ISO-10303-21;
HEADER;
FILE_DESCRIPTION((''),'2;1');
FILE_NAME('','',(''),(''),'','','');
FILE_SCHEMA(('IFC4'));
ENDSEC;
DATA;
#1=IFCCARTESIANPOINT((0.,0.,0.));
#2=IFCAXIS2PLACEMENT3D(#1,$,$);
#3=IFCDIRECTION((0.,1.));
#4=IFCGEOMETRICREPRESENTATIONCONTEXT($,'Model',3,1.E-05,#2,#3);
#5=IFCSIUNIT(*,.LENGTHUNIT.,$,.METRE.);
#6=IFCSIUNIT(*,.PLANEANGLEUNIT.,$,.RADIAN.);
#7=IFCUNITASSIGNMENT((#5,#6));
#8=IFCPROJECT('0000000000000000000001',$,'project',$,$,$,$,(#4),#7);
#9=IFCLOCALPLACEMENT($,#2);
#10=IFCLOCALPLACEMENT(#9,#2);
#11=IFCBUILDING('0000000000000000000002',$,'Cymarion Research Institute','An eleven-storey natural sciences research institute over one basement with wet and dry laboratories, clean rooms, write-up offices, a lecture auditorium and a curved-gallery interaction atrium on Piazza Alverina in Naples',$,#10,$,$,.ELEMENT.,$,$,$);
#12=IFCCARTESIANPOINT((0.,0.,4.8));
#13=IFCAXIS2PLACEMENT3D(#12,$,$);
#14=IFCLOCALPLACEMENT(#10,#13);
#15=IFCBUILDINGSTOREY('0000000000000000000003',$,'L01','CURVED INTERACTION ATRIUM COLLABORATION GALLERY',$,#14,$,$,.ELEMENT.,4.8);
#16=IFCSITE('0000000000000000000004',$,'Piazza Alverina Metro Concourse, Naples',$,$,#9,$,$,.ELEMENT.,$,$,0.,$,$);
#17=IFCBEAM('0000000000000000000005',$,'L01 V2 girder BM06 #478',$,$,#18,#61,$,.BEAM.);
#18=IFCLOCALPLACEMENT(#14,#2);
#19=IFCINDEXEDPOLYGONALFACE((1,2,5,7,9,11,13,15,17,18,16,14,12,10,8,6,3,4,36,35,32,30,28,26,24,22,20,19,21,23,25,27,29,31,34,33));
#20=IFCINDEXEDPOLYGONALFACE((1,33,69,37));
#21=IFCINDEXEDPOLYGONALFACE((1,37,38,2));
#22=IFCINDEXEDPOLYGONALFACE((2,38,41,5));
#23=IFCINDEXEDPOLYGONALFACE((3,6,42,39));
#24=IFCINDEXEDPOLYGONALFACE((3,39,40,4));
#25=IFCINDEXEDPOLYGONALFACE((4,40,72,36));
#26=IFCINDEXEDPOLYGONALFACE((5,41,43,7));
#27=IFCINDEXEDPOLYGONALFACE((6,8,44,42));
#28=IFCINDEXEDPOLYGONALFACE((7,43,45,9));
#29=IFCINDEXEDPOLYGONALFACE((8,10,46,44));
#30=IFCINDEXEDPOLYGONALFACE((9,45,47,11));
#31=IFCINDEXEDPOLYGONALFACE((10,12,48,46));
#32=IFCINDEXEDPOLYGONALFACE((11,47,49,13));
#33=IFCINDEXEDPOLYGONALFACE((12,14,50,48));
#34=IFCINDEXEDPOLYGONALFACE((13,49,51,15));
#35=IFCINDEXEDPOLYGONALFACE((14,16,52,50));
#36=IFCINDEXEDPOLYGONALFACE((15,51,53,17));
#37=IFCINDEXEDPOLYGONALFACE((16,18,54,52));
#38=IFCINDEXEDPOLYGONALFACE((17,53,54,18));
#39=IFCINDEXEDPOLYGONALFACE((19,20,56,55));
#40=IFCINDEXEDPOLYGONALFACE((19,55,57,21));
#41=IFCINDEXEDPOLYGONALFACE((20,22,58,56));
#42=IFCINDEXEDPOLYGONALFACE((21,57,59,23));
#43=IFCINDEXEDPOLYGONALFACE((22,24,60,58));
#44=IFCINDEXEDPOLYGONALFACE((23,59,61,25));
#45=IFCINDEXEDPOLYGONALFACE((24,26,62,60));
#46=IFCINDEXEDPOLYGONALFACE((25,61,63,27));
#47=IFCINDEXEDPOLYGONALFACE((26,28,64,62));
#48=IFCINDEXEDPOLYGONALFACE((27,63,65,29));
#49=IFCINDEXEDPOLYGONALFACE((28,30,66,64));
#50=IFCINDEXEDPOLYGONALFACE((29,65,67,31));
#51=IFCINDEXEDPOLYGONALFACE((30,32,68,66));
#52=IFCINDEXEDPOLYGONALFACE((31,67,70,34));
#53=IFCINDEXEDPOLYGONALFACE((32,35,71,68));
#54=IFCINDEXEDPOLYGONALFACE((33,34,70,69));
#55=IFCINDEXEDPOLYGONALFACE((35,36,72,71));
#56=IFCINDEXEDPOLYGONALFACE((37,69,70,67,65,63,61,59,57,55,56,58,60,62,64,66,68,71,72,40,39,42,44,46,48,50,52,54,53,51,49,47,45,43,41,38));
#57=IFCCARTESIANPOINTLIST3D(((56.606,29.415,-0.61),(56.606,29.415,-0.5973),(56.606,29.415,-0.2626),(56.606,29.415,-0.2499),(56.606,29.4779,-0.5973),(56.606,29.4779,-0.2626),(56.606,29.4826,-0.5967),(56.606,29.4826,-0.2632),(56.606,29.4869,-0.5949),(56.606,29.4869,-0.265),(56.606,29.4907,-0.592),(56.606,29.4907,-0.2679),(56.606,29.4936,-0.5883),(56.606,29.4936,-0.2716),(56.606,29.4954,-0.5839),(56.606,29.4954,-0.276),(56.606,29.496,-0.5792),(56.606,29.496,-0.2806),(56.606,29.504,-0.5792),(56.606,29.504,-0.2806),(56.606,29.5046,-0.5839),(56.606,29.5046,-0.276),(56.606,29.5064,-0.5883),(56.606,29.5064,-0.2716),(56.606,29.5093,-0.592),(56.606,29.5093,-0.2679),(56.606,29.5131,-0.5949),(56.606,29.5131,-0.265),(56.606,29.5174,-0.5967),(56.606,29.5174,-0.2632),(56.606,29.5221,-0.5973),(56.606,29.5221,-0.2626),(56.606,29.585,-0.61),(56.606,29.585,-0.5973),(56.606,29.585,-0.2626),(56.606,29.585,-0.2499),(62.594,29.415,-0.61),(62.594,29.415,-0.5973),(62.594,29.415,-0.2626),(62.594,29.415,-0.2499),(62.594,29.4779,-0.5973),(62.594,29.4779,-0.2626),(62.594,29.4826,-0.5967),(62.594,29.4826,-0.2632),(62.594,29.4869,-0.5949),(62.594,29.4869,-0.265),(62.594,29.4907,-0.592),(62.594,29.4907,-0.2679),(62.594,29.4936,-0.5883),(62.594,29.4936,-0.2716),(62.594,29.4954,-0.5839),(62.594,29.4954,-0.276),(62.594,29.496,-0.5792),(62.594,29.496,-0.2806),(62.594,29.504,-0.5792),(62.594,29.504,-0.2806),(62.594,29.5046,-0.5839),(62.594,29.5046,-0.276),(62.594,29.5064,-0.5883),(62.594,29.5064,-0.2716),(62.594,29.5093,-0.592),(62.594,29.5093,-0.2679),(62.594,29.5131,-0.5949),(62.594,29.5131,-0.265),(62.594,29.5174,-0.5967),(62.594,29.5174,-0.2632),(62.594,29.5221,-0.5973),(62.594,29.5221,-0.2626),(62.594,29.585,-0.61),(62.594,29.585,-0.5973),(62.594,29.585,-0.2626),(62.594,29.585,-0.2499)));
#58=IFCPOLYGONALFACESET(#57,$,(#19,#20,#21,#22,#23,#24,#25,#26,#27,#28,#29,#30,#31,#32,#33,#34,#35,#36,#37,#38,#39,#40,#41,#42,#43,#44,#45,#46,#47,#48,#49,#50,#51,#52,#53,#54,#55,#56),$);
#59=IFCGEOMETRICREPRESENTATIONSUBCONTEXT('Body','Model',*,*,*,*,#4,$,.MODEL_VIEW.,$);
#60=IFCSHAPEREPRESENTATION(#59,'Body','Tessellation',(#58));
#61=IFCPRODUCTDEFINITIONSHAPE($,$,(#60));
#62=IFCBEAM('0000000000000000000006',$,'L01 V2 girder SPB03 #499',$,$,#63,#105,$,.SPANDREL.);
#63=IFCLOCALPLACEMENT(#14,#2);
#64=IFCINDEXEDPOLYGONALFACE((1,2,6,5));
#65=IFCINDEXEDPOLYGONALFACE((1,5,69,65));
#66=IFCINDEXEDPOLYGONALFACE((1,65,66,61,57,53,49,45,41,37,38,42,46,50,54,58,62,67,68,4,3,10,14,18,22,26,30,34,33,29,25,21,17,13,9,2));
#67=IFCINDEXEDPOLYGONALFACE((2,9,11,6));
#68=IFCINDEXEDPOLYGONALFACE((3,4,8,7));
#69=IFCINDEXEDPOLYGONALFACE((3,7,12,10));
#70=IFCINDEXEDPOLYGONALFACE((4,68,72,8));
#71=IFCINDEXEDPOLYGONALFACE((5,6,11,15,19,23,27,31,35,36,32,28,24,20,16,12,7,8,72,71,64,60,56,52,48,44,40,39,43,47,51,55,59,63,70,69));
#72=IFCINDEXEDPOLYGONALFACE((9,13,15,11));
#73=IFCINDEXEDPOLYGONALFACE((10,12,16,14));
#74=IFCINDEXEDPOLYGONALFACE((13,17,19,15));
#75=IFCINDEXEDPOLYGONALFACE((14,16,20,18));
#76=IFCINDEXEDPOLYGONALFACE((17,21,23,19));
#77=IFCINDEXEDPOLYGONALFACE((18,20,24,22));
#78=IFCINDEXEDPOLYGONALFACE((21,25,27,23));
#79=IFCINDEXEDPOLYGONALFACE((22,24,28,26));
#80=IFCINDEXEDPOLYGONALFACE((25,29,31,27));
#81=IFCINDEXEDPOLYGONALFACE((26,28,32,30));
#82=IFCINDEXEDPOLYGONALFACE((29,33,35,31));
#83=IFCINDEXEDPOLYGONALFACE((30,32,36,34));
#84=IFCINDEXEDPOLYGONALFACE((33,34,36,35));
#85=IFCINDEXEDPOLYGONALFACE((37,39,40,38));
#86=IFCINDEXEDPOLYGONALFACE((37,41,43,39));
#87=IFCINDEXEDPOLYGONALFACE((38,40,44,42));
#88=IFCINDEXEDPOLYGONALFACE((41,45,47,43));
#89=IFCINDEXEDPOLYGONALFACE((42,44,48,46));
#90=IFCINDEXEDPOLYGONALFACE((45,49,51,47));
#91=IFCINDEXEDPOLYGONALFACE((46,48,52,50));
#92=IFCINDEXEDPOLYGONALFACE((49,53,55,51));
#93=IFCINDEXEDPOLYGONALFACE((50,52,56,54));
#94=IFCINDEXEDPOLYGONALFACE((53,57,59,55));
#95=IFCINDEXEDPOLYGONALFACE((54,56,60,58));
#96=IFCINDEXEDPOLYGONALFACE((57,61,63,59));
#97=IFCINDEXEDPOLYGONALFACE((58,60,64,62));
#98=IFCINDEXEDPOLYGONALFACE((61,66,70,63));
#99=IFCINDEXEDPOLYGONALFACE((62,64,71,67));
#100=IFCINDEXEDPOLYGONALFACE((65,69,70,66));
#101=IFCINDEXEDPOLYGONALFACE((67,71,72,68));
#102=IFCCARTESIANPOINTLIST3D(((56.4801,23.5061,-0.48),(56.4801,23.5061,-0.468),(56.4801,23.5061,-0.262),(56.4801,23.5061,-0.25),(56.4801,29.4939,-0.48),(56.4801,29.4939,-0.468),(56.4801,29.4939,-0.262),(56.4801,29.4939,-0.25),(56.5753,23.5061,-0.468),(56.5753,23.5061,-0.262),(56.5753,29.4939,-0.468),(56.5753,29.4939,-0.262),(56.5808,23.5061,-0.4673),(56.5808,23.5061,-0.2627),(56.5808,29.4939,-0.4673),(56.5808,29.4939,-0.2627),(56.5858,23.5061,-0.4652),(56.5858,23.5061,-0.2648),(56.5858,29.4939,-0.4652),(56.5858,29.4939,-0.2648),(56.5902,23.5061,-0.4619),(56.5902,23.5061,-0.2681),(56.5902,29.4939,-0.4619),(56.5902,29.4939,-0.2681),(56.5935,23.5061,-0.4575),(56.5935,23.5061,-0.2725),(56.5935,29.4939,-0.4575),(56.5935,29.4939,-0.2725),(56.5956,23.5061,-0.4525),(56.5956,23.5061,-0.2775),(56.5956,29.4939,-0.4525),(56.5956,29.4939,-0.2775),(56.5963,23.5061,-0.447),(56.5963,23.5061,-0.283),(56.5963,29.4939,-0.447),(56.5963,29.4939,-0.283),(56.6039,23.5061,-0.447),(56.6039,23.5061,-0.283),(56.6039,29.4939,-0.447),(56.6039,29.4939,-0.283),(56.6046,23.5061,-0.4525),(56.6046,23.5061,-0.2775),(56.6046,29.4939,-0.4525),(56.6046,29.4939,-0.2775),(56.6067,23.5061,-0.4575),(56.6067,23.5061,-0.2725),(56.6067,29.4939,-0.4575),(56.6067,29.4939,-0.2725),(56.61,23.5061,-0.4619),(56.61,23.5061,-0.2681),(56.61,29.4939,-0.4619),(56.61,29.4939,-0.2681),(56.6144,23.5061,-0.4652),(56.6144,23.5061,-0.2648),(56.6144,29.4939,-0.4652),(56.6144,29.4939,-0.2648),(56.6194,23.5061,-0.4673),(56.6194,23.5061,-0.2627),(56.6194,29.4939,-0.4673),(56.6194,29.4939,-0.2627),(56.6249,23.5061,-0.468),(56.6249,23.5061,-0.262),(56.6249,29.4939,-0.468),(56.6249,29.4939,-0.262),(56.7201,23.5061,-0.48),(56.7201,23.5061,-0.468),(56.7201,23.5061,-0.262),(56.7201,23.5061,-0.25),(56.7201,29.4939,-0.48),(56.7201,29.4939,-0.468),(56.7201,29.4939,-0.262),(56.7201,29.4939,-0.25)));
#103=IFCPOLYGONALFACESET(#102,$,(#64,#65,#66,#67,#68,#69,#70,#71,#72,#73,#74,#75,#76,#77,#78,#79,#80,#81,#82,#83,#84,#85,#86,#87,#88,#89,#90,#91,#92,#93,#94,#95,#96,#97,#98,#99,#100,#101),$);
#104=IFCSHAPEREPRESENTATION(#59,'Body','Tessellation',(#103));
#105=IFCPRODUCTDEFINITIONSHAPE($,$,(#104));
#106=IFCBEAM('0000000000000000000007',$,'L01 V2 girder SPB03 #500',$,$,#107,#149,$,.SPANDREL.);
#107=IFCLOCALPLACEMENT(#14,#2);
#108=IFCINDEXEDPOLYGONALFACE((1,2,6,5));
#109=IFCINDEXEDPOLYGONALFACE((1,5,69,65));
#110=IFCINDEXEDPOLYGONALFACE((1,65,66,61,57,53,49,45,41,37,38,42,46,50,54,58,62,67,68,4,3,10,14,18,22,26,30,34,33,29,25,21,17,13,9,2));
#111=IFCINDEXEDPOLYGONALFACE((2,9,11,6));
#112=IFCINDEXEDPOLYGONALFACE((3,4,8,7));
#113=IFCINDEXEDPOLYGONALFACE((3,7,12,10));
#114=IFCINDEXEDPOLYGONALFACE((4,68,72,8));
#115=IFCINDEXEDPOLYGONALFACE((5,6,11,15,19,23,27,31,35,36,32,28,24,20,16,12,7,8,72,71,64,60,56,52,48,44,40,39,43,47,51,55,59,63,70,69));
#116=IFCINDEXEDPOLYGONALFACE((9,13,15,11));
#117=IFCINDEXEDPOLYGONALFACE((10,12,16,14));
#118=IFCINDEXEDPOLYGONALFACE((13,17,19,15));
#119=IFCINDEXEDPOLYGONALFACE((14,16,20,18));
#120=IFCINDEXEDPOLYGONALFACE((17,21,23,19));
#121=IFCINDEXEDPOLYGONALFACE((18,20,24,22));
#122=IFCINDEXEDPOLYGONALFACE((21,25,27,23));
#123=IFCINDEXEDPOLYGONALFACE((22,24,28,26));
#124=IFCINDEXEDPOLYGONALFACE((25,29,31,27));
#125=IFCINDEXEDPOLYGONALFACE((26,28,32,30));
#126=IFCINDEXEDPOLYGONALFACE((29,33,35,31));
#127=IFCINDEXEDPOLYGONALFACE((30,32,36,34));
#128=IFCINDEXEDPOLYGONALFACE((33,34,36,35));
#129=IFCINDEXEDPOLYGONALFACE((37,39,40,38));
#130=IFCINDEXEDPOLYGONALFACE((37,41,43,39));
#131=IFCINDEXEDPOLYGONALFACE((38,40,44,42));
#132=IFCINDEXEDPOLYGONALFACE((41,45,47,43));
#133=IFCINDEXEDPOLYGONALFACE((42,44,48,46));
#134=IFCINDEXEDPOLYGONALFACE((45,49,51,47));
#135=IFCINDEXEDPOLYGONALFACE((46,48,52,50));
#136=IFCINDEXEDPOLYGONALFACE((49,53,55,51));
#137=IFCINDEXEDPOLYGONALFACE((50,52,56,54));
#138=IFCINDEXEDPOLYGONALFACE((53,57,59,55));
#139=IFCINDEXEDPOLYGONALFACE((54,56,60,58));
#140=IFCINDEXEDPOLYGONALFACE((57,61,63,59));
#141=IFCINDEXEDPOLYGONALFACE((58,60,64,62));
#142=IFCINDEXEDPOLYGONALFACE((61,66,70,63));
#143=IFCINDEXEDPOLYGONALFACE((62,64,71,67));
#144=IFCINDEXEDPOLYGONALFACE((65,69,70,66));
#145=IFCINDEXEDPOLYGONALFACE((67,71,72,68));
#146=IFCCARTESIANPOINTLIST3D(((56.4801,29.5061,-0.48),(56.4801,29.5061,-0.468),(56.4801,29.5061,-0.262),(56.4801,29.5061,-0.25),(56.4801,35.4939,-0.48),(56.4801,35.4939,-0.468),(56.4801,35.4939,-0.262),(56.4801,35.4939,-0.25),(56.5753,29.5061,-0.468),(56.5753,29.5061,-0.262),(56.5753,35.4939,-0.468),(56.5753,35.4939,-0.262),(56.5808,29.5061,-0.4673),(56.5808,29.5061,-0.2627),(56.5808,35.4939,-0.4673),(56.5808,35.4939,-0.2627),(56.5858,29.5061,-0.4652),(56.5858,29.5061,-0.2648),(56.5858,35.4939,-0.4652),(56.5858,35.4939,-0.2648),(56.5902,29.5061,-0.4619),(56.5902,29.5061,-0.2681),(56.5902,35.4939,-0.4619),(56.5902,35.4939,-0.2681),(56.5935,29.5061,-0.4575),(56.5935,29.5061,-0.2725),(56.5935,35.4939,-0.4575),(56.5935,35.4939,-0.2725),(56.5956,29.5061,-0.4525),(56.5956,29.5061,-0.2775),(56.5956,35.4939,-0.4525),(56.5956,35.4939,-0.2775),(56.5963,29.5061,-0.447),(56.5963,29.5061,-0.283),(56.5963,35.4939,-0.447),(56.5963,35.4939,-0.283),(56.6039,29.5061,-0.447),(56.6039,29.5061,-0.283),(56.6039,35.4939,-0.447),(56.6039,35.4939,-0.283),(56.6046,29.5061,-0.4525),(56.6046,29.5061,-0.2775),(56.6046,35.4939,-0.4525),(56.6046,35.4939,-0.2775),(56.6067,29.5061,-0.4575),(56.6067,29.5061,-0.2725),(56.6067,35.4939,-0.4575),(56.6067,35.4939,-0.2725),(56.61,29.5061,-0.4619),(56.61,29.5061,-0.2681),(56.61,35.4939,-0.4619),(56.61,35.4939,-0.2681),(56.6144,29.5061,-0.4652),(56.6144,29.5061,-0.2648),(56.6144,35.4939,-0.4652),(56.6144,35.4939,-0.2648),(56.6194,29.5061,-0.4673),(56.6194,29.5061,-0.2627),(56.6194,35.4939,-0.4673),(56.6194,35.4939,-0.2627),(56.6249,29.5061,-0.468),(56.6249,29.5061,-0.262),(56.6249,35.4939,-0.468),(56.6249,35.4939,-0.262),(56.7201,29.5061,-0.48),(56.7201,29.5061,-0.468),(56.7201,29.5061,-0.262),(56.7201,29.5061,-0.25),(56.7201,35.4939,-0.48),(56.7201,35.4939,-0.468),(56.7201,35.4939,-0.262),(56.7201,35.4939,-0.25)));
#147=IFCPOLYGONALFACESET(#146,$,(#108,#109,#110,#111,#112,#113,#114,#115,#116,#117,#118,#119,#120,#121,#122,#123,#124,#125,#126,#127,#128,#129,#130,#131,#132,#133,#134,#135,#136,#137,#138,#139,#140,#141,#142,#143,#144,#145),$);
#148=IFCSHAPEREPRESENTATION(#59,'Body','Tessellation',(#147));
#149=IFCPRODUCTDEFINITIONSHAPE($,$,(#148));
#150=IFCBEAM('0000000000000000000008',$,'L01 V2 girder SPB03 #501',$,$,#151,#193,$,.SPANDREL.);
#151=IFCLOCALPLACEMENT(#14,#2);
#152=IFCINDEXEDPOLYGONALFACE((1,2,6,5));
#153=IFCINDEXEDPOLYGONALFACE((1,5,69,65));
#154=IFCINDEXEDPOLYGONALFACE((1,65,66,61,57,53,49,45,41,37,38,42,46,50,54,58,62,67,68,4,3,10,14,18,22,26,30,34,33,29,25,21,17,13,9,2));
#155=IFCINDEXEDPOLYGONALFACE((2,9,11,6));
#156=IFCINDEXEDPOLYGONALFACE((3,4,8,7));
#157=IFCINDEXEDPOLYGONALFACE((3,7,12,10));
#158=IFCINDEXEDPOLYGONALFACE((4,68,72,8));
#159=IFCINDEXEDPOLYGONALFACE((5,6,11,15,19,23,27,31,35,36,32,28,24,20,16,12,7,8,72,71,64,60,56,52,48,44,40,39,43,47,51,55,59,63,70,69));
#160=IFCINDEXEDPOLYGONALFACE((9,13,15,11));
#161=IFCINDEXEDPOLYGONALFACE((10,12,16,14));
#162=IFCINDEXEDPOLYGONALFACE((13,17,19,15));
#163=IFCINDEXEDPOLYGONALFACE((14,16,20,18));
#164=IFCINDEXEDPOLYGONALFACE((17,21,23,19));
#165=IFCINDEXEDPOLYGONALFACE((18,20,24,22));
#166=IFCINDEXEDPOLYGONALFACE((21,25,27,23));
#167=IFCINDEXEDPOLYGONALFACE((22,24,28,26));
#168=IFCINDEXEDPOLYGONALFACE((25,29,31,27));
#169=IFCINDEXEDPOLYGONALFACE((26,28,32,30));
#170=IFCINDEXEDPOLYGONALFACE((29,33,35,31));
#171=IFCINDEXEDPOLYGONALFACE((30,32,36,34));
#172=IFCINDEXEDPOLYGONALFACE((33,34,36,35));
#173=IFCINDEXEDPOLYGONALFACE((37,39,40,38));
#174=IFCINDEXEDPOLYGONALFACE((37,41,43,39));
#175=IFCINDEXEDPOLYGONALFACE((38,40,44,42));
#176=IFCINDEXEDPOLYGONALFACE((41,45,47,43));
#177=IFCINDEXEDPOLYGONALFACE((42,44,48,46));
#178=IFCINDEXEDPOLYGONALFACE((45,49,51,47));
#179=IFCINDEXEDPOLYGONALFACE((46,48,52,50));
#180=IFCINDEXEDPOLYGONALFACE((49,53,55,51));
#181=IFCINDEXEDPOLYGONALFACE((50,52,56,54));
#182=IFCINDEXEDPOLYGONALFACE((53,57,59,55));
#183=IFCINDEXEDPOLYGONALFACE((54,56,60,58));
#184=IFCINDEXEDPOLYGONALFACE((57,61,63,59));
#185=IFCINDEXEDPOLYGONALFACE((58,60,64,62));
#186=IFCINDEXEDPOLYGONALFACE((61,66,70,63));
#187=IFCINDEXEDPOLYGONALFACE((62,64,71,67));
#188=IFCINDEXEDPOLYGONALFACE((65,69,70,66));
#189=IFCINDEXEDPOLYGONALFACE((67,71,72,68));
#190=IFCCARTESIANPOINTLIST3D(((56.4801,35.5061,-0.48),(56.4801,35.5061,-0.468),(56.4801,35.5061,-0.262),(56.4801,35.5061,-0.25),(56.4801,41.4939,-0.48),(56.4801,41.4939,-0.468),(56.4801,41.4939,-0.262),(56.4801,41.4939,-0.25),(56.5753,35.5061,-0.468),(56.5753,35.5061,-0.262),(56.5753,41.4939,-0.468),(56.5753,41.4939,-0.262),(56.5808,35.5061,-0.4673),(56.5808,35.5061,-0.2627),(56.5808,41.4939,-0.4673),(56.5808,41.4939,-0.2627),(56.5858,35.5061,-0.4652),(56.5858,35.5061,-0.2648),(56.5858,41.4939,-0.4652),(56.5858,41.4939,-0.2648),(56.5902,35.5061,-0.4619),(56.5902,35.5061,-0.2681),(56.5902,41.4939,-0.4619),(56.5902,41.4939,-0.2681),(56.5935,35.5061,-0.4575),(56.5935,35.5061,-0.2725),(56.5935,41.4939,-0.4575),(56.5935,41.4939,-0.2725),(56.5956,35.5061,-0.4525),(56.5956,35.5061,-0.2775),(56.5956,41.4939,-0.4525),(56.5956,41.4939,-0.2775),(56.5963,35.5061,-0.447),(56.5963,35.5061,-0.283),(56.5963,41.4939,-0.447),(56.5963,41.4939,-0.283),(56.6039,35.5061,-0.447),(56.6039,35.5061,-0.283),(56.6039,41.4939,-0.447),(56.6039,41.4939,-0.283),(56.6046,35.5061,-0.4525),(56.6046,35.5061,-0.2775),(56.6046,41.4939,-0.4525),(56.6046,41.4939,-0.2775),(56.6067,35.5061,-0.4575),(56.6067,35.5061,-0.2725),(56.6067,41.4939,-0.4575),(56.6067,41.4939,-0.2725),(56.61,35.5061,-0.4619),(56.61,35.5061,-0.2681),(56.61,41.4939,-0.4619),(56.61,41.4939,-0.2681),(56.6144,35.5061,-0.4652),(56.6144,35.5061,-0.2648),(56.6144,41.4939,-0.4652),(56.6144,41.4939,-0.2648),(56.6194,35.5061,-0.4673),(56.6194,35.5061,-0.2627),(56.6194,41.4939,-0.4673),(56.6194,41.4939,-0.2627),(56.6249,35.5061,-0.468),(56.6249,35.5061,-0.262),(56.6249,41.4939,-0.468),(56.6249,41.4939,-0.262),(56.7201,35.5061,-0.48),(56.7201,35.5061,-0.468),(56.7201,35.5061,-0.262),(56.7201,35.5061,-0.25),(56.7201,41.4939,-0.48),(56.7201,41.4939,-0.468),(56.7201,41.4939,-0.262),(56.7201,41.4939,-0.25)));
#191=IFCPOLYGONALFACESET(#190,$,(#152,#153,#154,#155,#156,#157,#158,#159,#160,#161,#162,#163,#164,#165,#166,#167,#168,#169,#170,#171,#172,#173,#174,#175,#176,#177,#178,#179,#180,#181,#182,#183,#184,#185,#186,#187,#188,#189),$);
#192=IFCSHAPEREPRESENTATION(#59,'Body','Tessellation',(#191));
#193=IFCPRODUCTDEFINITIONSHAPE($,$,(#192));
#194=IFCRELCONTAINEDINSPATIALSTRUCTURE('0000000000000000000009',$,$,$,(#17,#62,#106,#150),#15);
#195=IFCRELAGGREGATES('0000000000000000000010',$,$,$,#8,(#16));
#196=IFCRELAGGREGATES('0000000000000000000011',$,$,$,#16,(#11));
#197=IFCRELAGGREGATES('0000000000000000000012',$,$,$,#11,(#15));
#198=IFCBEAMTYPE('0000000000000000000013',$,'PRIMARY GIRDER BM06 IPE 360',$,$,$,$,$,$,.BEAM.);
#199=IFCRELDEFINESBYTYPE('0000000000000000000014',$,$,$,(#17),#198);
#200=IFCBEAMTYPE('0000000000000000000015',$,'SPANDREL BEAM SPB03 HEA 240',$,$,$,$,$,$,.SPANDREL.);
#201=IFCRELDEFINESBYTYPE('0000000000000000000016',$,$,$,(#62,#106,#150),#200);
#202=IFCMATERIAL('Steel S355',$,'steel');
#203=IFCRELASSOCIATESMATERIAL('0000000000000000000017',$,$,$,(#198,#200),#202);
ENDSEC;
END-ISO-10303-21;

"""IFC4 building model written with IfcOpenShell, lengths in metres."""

from ifc_helpers import new_model, si_unit, direction, frame, origin, origin_2d, place, context, subcontext, project, spatial, i_section, extrude, material, material_profile, profile_set, type_object, element, save


model = new_model("IFC4")

# Units and contexts
model_context = context("Model", 3, precision=1e-05, world=origin(), true_north=direction((0.0, 1.0)))
body_context = subcontext(model_context, "Body", "Model", "MODEL_VIEW")
ifc_project = project(units=[si_unit("LENGTHUNIT", "METRE"), si_unit("PLANEANGLEUNIT", "RADIAN")], contexts=[model_context])

# Site, building, storey
site_placement = place(None, origin())
site = spatial("IfcSite", under=ifc_project, at=site_placement, Name="Piazza Alverina Metro Concourse, Naples", CompositionType="ELEMENT", RefElevation=0.0)
building_placement = place(site_placement, origin())
building = spatial("IfcBuilding", under=site, at=building_placement, Name="Cymarion Research Institute", Description="An eleven-storey natural sciences research institute over one basement with wet and dry laboratories, clean rooms, write-up offices, a lecture auditorium and a curved-gallery interaction atrium on Piazza Alverina in Naples", CompositionType="ELEMENT")
storey_placement = place(building_placement, frame((0.0, 0.0, 4.8)))
storey = spatial("IfcBuildingStorey", under=building, at=storey_placement, Name="L01", Description="CURVED INTERACTION ATRIUM COLLABORATION GALLERY", CompositionType="ELEMENT", Elevation=4.8)

# Shared definitions
ifc_material_1 = material(Name="Steel S355", Category="steel")

# Beams
ifc_material_profile_1 = material_profile(ifc_material_1, i_section(OverallWidth=0.1699, OverallDepth=0.3601, WebThickness=0.0081, FlangeThickness=0.0127, FilletRadius=0.0181, at=origin_2d()), Name="IPE 360")
ifc_profile_set_1 = profile_set([ifc_material_profile_1], Name="Steel S355")
beam_type_1 = type_object("IfcBeamType", Name="PRIMARY GIRDER BM06 IPE 360", PredefinedType="BEAM", material=ifc_profile_set_1)
for number, where, z_axis, x_axis, name in (
    (1, (56.606, 29.5, -0.4299), (1.0, 0.0, 0.0), (0.0, 1.0, 0.0), "L01 V2 girder BM06 #478"),
):
    element("IfcBeam", number, at=place(storey_placement, frame(where, z_axis=z_axis, x_axis=x_axis)), inside=storey, type_object=beam_type_1, Name=name, PredefinedType="BEAM", context=body_context, shape_type="SweptSolid", body=[
        extrude(i_section(OverallWidth=0.1699, OverallDepth=0.3601, WebThickness=0.0081, FlangeThickness=0.0127, FilletRadius=0.0181, at=origin_2d()), origin(), (0.0, 0.0, 1.0), 5.988),
    ])
ifc_material_profile_2 = material_profile(ifc_material_1, i_section(OverallWidth=0.24, OverallDepth=0.23, WebThickness=0.0076, FlangeThickness=0.012, FilletRadius=0.021, at=origin_2d()), Name="HEA 240")
ifc_profile_set_2 = profile_set([ifc_material_profile_2], Name="Steel S355")
beam_type_2 = type_object("IfcBeamType", Name="SPANDREL BEAM SPB03 HEA 240", PredefinedType="SPANDREL", material=ifc_profile_set_2)
for number, where, z_axis, x_axis, name in (
    (2, (56.6001, 23.5061, -0.365), (0.0, 1.0, 0.0), (-1.0, 0.0, 0.0), "L01 V2 girder SPB03 #499"),
    (3, (56.6001, 29.5061, -0.365), (0.0, 1.0, 0.0), (-1.0, 0.0, 0.0), "L01 V2 girder SPB03 #500"),
    (4, (56.6001, 35.5061, -0.365), (0.0, 1.0, 0.0), (-1.0, 0.0, 0.0), "L01 V2 girder SPB03 #501"),
):
    element("IfcBeam", number, at=place(storey_placement, frame(where, z_axis=z_axis, x_axis=x_axis)), inside=storey, type_object=beam_type_2, Name=name, PredefinedType="SPANDREL", context=body_context, shape_type="SweptSolid", body=[
        extrude(i_section(OverallWidth=0.24, OverallDepth=0.23, WebThickness=0.0076, FlangeThickness=0.012, FilletRadius=0.021, at=origin_2d()), origin(), (0.0, 0.0, 1.0), 5.9878),
    ])

save(model, "model.ifc")
